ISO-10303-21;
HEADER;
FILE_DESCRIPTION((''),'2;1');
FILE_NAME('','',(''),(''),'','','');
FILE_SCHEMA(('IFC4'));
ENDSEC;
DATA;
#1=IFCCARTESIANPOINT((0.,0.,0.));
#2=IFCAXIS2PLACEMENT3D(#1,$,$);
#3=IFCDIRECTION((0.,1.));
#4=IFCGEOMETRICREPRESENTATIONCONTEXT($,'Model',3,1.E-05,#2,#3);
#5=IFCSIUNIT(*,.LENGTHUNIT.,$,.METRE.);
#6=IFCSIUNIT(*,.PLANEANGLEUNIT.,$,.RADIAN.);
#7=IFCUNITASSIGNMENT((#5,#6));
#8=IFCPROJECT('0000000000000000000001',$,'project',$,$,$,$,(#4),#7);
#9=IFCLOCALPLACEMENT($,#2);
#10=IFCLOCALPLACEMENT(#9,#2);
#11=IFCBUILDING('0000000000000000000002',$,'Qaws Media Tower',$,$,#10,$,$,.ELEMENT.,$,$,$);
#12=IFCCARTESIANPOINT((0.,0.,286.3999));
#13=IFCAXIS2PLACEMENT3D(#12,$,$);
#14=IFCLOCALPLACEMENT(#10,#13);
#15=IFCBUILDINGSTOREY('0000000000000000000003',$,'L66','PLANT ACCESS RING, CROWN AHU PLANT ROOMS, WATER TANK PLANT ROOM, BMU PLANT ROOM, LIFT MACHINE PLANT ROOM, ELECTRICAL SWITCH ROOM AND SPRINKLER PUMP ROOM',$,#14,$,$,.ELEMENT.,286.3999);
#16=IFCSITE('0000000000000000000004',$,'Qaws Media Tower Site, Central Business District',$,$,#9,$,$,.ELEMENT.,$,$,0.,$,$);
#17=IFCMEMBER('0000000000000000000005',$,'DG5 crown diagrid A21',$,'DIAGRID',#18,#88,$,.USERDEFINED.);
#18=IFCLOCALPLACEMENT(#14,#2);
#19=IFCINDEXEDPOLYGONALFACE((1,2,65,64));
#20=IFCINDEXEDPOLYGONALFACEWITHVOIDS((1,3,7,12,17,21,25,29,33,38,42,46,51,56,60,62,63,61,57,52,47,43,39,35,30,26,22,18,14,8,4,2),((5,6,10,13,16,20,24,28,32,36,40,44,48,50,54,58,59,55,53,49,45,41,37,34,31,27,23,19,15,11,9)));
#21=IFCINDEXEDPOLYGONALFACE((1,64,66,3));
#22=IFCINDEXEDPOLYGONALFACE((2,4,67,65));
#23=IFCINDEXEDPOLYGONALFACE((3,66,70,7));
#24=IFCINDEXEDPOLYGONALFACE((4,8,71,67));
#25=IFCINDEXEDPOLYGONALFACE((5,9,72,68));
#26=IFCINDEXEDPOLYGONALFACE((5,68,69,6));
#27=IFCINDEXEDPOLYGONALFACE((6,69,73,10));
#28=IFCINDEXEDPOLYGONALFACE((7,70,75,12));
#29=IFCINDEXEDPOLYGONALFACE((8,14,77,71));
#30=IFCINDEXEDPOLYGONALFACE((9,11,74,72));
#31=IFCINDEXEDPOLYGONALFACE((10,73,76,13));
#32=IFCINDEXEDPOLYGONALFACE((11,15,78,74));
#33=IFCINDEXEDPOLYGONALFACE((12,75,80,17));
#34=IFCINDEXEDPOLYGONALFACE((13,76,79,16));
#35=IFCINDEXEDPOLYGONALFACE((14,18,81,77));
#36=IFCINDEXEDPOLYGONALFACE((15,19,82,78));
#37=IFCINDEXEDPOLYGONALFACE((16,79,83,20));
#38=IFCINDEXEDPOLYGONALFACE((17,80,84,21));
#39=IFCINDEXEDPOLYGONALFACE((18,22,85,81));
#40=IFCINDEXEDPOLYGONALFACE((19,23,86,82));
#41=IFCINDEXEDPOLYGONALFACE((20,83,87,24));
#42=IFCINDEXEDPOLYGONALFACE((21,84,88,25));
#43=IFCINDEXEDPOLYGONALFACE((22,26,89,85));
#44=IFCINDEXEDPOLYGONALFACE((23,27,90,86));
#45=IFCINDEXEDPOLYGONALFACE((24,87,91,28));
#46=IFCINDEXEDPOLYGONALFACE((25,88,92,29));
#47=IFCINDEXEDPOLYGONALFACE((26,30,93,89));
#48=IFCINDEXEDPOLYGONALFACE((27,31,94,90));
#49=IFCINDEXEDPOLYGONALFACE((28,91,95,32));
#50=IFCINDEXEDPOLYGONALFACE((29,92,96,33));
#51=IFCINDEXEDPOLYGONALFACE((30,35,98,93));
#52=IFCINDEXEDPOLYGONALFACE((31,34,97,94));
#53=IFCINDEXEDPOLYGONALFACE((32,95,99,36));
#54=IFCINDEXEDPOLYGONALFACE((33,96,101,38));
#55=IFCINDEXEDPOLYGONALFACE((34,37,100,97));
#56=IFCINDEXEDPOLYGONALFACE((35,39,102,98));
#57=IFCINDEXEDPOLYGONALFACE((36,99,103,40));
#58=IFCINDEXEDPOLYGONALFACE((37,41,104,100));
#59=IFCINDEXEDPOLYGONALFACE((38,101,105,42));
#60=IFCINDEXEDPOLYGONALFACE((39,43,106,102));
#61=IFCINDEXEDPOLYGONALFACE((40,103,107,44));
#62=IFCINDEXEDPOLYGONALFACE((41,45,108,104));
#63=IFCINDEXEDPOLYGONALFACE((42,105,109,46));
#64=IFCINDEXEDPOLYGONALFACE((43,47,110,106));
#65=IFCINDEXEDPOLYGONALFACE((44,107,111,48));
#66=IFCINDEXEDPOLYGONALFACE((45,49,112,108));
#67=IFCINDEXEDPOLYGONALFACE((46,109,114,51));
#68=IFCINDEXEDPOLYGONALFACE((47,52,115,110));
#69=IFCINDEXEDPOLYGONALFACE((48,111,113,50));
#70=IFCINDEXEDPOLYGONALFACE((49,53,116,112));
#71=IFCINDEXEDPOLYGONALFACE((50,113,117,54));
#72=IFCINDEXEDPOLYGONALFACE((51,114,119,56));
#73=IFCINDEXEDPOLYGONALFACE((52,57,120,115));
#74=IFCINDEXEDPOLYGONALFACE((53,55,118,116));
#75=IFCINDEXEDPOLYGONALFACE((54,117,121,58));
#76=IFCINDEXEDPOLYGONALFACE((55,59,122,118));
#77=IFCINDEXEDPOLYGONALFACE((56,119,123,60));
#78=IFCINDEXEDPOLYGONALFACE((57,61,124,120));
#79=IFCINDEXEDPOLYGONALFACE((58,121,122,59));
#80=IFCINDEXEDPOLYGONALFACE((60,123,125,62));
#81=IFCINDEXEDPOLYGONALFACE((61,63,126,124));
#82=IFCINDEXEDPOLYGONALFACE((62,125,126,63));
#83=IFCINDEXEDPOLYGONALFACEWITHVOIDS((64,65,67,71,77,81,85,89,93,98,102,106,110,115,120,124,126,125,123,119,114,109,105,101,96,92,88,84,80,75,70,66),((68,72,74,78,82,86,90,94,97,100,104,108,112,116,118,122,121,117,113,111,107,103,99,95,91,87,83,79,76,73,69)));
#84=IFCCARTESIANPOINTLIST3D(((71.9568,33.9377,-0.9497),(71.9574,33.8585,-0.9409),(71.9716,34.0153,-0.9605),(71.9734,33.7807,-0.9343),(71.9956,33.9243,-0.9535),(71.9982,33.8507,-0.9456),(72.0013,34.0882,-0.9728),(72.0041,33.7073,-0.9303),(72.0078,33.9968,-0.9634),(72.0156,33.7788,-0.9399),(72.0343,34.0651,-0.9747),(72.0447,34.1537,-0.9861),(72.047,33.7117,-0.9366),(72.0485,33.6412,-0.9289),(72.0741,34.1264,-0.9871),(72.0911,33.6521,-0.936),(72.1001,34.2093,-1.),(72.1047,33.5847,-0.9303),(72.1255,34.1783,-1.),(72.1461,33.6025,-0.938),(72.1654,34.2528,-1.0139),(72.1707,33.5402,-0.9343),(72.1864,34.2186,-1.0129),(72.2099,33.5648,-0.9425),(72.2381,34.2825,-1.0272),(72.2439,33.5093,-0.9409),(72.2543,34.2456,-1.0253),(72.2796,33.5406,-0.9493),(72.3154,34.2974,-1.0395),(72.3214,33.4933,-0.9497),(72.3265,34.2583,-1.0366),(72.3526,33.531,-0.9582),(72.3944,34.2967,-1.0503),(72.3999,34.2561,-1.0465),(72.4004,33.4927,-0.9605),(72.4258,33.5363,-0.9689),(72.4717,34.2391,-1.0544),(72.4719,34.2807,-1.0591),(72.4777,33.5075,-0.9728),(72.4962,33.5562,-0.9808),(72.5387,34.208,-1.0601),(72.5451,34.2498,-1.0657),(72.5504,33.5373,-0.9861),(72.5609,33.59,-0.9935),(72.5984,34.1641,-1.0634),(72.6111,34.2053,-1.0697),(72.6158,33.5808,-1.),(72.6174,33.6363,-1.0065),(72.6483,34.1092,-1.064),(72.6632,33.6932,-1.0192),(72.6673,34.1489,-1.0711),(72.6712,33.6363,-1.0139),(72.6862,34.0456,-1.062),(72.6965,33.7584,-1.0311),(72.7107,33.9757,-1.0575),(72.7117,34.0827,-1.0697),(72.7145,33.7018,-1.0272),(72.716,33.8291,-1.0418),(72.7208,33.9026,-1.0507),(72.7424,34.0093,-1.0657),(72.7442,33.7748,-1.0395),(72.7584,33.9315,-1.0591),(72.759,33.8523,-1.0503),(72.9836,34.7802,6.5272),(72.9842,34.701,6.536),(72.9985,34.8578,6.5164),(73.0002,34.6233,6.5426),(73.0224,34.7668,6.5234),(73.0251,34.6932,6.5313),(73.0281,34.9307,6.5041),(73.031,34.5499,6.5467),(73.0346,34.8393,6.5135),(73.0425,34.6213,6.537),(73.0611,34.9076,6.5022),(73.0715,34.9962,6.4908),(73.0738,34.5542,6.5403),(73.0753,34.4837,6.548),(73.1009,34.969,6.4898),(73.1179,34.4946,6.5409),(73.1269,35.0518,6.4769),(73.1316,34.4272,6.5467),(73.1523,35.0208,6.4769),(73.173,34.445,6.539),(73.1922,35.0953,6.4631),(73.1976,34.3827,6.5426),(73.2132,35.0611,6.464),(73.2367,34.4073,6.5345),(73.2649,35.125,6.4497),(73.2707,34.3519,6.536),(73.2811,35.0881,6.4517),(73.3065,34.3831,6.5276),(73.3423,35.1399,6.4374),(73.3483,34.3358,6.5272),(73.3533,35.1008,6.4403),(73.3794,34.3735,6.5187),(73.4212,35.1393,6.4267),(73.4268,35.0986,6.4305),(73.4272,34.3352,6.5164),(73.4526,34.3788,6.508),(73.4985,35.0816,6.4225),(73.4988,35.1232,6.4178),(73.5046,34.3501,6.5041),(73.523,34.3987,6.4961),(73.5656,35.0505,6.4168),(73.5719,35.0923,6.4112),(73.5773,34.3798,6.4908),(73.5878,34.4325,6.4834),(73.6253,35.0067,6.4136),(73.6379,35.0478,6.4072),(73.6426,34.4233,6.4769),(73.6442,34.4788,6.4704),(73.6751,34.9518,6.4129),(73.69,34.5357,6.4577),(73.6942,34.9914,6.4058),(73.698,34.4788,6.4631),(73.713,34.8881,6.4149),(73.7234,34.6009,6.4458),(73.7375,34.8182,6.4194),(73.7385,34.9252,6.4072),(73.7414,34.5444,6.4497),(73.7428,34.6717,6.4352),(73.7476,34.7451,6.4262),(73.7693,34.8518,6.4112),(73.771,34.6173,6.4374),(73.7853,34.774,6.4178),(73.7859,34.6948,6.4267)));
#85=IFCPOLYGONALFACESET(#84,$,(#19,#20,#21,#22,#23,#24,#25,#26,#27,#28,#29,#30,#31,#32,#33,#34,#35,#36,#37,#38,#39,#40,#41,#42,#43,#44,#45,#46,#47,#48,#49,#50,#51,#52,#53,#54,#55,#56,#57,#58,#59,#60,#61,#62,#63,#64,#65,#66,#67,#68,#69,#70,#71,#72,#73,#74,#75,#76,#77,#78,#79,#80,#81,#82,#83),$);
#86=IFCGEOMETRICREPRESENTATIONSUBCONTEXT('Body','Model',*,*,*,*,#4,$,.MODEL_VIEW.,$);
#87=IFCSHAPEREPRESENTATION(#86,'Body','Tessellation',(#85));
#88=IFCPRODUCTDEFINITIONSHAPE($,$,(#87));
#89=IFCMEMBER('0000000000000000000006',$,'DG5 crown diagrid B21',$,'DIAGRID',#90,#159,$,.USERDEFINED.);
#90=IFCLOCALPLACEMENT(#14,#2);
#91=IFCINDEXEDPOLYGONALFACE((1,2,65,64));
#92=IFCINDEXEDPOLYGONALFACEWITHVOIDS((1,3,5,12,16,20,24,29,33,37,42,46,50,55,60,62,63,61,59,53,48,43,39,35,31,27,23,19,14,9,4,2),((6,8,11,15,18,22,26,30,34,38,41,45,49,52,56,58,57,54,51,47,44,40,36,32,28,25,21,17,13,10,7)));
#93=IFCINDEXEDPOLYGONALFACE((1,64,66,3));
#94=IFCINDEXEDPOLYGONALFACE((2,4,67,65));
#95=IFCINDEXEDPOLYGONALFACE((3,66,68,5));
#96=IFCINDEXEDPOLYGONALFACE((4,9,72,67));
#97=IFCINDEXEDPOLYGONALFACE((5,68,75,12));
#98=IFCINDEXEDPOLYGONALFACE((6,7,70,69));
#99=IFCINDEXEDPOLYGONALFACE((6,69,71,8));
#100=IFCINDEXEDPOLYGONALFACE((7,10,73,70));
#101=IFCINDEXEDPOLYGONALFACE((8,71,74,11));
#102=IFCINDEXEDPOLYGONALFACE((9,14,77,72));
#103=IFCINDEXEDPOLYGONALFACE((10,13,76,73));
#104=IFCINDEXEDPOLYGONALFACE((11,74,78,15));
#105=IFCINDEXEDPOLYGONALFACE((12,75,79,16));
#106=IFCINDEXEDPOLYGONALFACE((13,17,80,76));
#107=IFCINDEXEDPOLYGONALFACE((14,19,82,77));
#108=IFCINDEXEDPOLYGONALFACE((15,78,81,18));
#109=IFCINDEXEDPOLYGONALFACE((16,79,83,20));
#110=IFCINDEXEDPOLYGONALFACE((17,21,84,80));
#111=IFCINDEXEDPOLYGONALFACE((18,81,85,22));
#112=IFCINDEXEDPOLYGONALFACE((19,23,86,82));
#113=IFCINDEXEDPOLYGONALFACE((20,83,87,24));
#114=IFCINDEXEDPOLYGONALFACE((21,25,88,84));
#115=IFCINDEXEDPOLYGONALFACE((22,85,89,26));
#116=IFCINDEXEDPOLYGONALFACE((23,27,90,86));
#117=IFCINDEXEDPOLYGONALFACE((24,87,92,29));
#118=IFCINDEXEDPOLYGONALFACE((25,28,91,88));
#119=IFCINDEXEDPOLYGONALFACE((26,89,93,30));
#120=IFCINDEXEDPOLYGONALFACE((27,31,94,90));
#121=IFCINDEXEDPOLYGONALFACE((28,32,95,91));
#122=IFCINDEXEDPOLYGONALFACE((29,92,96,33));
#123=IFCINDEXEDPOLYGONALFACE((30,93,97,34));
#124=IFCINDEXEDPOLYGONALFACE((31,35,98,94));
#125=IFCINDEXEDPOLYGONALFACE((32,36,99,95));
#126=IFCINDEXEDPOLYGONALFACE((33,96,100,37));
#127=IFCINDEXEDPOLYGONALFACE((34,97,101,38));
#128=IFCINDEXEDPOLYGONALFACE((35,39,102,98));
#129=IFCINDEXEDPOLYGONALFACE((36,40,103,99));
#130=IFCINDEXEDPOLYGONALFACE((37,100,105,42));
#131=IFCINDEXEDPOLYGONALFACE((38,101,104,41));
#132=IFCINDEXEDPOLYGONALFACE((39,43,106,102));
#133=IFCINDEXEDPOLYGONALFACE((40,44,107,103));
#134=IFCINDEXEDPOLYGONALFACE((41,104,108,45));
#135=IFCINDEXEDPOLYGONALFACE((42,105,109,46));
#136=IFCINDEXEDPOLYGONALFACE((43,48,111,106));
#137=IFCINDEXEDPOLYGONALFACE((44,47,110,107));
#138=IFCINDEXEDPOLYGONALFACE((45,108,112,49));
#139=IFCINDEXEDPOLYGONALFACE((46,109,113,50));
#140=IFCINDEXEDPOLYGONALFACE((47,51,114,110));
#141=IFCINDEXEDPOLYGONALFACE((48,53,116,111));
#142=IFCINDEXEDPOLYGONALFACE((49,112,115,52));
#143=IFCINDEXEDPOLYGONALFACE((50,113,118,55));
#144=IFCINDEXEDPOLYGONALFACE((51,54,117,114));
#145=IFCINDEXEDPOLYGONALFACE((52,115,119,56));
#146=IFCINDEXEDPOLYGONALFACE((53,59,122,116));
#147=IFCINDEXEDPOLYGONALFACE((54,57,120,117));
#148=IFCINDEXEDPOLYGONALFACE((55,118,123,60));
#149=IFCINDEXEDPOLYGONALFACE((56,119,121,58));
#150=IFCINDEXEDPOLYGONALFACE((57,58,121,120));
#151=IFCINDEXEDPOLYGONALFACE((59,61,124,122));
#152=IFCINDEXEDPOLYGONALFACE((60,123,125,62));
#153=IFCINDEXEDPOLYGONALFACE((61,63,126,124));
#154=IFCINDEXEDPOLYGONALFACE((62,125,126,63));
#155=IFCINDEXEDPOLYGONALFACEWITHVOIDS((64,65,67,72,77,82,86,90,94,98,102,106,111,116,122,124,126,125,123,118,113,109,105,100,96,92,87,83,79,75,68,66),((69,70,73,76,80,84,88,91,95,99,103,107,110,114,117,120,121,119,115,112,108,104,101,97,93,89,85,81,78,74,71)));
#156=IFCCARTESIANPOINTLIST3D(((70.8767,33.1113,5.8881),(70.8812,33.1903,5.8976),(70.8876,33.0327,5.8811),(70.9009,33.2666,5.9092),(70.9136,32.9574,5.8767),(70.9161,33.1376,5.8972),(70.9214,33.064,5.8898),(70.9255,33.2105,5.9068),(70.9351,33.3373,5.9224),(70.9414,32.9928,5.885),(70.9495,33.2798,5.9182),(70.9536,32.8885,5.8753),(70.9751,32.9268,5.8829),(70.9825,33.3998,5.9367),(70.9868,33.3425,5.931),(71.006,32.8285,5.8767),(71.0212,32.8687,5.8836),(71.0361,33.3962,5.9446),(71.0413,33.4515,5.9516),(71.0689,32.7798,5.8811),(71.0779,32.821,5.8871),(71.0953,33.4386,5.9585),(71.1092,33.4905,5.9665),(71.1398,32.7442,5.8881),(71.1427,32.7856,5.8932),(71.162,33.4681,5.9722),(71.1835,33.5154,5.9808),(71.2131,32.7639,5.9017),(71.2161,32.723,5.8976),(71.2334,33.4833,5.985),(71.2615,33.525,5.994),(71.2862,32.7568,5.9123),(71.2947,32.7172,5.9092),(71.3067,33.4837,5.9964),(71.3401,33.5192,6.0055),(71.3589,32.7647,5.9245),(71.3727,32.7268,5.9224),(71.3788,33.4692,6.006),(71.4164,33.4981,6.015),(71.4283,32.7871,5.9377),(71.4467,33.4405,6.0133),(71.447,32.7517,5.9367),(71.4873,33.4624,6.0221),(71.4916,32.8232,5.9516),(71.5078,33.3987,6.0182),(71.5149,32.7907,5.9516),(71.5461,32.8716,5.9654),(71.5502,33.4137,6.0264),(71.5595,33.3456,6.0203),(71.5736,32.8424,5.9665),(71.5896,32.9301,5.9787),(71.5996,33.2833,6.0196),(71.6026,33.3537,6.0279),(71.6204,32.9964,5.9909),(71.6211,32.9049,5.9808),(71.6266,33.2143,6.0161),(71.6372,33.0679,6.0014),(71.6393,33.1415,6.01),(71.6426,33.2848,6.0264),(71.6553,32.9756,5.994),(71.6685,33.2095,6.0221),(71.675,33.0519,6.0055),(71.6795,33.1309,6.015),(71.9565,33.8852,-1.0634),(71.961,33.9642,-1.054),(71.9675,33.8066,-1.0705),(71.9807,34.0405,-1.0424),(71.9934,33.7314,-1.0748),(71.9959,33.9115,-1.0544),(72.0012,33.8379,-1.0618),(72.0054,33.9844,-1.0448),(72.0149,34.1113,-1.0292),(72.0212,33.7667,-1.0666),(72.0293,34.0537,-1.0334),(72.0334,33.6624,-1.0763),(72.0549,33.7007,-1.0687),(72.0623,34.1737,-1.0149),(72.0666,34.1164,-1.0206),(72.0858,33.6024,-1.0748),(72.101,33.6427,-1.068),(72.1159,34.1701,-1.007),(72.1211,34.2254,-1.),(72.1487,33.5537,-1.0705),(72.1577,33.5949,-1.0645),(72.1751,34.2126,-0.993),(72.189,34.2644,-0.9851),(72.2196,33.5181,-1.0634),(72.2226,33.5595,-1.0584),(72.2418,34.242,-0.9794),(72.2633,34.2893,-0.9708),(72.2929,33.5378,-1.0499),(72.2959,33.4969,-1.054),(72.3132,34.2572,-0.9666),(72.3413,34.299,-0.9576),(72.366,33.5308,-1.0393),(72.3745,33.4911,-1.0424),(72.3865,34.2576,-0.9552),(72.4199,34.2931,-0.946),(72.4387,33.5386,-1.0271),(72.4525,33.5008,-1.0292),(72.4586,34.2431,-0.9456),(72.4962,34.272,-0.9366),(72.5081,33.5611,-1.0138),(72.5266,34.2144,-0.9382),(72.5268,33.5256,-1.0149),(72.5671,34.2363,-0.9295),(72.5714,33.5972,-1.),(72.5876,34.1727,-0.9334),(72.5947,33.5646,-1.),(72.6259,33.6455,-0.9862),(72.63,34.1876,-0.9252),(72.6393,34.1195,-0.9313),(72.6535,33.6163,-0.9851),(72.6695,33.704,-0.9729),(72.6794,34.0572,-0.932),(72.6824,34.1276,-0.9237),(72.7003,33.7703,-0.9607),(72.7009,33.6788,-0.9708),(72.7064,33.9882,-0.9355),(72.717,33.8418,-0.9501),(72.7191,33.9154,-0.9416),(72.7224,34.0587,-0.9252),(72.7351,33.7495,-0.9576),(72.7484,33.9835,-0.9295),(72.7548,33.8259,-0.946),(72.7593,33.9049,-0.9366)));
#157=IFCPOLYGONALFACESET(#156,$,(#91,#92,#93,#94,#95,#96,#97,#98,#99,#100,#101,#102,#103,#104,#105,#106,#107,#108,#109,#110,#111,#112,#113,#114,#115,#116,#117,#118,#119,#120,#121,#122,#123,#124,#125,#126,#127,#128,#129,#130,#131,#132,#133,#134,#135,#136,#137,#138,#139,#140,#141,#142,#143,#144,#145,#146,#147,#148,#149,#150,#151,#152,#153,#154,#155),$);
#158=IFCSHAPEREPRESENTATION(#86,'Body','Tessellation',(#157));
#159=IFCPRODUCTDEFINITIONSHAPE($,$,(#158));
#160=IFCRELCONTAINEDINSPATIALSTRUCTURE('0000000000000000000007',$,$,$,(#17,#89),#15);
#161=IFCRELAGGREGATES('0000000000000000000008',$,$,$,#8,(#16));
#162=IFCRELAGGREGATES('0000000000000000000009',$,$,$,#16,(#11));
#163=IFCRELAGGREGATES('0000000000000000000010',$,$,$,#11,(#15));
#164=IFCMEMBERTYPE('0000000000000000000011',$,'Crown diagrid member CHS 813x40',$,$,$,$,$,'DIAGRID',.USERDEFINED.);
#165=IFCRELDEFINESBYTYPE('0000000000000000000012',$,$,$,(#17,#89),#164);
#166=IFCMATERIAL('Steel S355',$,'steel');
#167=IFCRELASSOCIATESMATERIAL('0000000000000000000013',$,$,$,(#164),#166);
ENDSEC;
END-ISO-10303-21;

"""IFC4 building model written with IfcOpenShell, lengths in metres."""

from ifc_helpers import new_model, si_unit, direction, frame, origin, origin_2d, place, context, subcontext, project, spatial, hollow_circle, extrude, material, material_profile, profile_set, type_object, element, save


model = new_model("IFC4")

# Units and contexts
model_context = context("Model", 3, precision=1e-05, world=origin(), true_north=direction((0.0, 1.0)))
body_context = subcontext(model_context, "Body", "Model", "MODEL_VIEW")
ifc_project = project(units=[si_unit("LENGTHUNIT", "METRE"), si_unit("PLANEANGLEUNIT", "RADIAN")], contexts=[model_context])

# Site, building, storey
site_placement = place(None, origin())
site = spatial("IfcSite", under=ifc_project, at=site_placement, Name="Qaws Media Tower Site, Central Business District", CompositionType="ELEMENT", RefElevation=0.0)
building_placement = place(site_placement, origin())
building = spatial("IfcBuilding", under=site, at=building_placement, Name="Qaws Media Tower", CompositionType="ELEMENT")
storey_placement = place(building_placement, frame((0.0, 0.0, 286.3999)))
storey = spatial("IfcBuildingStorey", under=building, at=storey_placement, Name="L66", Description="PLANT ACCESS RING, CROWN AHU PLANT ROOMS, WATER TANK PLANT ROOM, BMU PLANT ROOM, LIFT MACHINE PLANT ROOM, ELECTRICAL SWITCH ROOM AND SPRINKLER PUMP ROOM", CompositionType="ELEMENT", Elevation=286.3999)

# Members
ifc_material_1 = material(Name="Steel S355", Category="steel")
ifc_material_profile_1 = material_profile(ifc_material_1, hollow_circle(Radius=0.4065, WallThickness=0.04, at=origin_2d()), Name="CHS 813x40")
ifc_profile_set_1 = profile_set([ifc_material_profile_1], Name="Steel S355")
member_type = type_object("IfcMemberType", Name="Crown diagrid member CHS 813x40", ElementType="DIAGRID", PredefinedType="USERDEFINED", material=ifc_profile_set_1)
member_1_placement = place(storey_placement, frame((72.3579, 33.895, -1.0), z_axis=(0.135217, 0.110945, 0.984585), x_axis=(-0.634308, 0.77308, 0.0)))
element("IfcMember", 1, at=member_1_placement, inside=storey, type_object=member_type, Name="DG5 crown diagrid A21", ObjectType="DIAGRID", PredefinedType="USERDEFINED", context=body_context, shape_type="SweptSolid", body=[
    extrude(hollow_circle(Radius=0.4065, WallThickness=0.04, at=origin_2d()), origin(), (0.0, 0.0, 1.0), 7.594),
])
member_2_placement = place(storey_placement, frame((72.3579, 33.895, -1.0), z_axis=(-0.152573, -0.109351, 0.982224), x_axis=(0.582541, -0.812801, 0.0)))
element("IfcMember", 2, at=member_2_placement, inside=storey, type_object=member_type, Name="DG5 crown diagrid B21", ObjectType="DIAGRID", PredefinedType="USERDEFINED", context=body_context, shape_type="SweptSolid", body=[
    extrude(hollow_circle(Radius=0.4065, WallThickness=0.04, at=origin_2d()), origin(), (0.0, 0.0, 1.0), 7.0774),
])

save(model, "model.ifc")
